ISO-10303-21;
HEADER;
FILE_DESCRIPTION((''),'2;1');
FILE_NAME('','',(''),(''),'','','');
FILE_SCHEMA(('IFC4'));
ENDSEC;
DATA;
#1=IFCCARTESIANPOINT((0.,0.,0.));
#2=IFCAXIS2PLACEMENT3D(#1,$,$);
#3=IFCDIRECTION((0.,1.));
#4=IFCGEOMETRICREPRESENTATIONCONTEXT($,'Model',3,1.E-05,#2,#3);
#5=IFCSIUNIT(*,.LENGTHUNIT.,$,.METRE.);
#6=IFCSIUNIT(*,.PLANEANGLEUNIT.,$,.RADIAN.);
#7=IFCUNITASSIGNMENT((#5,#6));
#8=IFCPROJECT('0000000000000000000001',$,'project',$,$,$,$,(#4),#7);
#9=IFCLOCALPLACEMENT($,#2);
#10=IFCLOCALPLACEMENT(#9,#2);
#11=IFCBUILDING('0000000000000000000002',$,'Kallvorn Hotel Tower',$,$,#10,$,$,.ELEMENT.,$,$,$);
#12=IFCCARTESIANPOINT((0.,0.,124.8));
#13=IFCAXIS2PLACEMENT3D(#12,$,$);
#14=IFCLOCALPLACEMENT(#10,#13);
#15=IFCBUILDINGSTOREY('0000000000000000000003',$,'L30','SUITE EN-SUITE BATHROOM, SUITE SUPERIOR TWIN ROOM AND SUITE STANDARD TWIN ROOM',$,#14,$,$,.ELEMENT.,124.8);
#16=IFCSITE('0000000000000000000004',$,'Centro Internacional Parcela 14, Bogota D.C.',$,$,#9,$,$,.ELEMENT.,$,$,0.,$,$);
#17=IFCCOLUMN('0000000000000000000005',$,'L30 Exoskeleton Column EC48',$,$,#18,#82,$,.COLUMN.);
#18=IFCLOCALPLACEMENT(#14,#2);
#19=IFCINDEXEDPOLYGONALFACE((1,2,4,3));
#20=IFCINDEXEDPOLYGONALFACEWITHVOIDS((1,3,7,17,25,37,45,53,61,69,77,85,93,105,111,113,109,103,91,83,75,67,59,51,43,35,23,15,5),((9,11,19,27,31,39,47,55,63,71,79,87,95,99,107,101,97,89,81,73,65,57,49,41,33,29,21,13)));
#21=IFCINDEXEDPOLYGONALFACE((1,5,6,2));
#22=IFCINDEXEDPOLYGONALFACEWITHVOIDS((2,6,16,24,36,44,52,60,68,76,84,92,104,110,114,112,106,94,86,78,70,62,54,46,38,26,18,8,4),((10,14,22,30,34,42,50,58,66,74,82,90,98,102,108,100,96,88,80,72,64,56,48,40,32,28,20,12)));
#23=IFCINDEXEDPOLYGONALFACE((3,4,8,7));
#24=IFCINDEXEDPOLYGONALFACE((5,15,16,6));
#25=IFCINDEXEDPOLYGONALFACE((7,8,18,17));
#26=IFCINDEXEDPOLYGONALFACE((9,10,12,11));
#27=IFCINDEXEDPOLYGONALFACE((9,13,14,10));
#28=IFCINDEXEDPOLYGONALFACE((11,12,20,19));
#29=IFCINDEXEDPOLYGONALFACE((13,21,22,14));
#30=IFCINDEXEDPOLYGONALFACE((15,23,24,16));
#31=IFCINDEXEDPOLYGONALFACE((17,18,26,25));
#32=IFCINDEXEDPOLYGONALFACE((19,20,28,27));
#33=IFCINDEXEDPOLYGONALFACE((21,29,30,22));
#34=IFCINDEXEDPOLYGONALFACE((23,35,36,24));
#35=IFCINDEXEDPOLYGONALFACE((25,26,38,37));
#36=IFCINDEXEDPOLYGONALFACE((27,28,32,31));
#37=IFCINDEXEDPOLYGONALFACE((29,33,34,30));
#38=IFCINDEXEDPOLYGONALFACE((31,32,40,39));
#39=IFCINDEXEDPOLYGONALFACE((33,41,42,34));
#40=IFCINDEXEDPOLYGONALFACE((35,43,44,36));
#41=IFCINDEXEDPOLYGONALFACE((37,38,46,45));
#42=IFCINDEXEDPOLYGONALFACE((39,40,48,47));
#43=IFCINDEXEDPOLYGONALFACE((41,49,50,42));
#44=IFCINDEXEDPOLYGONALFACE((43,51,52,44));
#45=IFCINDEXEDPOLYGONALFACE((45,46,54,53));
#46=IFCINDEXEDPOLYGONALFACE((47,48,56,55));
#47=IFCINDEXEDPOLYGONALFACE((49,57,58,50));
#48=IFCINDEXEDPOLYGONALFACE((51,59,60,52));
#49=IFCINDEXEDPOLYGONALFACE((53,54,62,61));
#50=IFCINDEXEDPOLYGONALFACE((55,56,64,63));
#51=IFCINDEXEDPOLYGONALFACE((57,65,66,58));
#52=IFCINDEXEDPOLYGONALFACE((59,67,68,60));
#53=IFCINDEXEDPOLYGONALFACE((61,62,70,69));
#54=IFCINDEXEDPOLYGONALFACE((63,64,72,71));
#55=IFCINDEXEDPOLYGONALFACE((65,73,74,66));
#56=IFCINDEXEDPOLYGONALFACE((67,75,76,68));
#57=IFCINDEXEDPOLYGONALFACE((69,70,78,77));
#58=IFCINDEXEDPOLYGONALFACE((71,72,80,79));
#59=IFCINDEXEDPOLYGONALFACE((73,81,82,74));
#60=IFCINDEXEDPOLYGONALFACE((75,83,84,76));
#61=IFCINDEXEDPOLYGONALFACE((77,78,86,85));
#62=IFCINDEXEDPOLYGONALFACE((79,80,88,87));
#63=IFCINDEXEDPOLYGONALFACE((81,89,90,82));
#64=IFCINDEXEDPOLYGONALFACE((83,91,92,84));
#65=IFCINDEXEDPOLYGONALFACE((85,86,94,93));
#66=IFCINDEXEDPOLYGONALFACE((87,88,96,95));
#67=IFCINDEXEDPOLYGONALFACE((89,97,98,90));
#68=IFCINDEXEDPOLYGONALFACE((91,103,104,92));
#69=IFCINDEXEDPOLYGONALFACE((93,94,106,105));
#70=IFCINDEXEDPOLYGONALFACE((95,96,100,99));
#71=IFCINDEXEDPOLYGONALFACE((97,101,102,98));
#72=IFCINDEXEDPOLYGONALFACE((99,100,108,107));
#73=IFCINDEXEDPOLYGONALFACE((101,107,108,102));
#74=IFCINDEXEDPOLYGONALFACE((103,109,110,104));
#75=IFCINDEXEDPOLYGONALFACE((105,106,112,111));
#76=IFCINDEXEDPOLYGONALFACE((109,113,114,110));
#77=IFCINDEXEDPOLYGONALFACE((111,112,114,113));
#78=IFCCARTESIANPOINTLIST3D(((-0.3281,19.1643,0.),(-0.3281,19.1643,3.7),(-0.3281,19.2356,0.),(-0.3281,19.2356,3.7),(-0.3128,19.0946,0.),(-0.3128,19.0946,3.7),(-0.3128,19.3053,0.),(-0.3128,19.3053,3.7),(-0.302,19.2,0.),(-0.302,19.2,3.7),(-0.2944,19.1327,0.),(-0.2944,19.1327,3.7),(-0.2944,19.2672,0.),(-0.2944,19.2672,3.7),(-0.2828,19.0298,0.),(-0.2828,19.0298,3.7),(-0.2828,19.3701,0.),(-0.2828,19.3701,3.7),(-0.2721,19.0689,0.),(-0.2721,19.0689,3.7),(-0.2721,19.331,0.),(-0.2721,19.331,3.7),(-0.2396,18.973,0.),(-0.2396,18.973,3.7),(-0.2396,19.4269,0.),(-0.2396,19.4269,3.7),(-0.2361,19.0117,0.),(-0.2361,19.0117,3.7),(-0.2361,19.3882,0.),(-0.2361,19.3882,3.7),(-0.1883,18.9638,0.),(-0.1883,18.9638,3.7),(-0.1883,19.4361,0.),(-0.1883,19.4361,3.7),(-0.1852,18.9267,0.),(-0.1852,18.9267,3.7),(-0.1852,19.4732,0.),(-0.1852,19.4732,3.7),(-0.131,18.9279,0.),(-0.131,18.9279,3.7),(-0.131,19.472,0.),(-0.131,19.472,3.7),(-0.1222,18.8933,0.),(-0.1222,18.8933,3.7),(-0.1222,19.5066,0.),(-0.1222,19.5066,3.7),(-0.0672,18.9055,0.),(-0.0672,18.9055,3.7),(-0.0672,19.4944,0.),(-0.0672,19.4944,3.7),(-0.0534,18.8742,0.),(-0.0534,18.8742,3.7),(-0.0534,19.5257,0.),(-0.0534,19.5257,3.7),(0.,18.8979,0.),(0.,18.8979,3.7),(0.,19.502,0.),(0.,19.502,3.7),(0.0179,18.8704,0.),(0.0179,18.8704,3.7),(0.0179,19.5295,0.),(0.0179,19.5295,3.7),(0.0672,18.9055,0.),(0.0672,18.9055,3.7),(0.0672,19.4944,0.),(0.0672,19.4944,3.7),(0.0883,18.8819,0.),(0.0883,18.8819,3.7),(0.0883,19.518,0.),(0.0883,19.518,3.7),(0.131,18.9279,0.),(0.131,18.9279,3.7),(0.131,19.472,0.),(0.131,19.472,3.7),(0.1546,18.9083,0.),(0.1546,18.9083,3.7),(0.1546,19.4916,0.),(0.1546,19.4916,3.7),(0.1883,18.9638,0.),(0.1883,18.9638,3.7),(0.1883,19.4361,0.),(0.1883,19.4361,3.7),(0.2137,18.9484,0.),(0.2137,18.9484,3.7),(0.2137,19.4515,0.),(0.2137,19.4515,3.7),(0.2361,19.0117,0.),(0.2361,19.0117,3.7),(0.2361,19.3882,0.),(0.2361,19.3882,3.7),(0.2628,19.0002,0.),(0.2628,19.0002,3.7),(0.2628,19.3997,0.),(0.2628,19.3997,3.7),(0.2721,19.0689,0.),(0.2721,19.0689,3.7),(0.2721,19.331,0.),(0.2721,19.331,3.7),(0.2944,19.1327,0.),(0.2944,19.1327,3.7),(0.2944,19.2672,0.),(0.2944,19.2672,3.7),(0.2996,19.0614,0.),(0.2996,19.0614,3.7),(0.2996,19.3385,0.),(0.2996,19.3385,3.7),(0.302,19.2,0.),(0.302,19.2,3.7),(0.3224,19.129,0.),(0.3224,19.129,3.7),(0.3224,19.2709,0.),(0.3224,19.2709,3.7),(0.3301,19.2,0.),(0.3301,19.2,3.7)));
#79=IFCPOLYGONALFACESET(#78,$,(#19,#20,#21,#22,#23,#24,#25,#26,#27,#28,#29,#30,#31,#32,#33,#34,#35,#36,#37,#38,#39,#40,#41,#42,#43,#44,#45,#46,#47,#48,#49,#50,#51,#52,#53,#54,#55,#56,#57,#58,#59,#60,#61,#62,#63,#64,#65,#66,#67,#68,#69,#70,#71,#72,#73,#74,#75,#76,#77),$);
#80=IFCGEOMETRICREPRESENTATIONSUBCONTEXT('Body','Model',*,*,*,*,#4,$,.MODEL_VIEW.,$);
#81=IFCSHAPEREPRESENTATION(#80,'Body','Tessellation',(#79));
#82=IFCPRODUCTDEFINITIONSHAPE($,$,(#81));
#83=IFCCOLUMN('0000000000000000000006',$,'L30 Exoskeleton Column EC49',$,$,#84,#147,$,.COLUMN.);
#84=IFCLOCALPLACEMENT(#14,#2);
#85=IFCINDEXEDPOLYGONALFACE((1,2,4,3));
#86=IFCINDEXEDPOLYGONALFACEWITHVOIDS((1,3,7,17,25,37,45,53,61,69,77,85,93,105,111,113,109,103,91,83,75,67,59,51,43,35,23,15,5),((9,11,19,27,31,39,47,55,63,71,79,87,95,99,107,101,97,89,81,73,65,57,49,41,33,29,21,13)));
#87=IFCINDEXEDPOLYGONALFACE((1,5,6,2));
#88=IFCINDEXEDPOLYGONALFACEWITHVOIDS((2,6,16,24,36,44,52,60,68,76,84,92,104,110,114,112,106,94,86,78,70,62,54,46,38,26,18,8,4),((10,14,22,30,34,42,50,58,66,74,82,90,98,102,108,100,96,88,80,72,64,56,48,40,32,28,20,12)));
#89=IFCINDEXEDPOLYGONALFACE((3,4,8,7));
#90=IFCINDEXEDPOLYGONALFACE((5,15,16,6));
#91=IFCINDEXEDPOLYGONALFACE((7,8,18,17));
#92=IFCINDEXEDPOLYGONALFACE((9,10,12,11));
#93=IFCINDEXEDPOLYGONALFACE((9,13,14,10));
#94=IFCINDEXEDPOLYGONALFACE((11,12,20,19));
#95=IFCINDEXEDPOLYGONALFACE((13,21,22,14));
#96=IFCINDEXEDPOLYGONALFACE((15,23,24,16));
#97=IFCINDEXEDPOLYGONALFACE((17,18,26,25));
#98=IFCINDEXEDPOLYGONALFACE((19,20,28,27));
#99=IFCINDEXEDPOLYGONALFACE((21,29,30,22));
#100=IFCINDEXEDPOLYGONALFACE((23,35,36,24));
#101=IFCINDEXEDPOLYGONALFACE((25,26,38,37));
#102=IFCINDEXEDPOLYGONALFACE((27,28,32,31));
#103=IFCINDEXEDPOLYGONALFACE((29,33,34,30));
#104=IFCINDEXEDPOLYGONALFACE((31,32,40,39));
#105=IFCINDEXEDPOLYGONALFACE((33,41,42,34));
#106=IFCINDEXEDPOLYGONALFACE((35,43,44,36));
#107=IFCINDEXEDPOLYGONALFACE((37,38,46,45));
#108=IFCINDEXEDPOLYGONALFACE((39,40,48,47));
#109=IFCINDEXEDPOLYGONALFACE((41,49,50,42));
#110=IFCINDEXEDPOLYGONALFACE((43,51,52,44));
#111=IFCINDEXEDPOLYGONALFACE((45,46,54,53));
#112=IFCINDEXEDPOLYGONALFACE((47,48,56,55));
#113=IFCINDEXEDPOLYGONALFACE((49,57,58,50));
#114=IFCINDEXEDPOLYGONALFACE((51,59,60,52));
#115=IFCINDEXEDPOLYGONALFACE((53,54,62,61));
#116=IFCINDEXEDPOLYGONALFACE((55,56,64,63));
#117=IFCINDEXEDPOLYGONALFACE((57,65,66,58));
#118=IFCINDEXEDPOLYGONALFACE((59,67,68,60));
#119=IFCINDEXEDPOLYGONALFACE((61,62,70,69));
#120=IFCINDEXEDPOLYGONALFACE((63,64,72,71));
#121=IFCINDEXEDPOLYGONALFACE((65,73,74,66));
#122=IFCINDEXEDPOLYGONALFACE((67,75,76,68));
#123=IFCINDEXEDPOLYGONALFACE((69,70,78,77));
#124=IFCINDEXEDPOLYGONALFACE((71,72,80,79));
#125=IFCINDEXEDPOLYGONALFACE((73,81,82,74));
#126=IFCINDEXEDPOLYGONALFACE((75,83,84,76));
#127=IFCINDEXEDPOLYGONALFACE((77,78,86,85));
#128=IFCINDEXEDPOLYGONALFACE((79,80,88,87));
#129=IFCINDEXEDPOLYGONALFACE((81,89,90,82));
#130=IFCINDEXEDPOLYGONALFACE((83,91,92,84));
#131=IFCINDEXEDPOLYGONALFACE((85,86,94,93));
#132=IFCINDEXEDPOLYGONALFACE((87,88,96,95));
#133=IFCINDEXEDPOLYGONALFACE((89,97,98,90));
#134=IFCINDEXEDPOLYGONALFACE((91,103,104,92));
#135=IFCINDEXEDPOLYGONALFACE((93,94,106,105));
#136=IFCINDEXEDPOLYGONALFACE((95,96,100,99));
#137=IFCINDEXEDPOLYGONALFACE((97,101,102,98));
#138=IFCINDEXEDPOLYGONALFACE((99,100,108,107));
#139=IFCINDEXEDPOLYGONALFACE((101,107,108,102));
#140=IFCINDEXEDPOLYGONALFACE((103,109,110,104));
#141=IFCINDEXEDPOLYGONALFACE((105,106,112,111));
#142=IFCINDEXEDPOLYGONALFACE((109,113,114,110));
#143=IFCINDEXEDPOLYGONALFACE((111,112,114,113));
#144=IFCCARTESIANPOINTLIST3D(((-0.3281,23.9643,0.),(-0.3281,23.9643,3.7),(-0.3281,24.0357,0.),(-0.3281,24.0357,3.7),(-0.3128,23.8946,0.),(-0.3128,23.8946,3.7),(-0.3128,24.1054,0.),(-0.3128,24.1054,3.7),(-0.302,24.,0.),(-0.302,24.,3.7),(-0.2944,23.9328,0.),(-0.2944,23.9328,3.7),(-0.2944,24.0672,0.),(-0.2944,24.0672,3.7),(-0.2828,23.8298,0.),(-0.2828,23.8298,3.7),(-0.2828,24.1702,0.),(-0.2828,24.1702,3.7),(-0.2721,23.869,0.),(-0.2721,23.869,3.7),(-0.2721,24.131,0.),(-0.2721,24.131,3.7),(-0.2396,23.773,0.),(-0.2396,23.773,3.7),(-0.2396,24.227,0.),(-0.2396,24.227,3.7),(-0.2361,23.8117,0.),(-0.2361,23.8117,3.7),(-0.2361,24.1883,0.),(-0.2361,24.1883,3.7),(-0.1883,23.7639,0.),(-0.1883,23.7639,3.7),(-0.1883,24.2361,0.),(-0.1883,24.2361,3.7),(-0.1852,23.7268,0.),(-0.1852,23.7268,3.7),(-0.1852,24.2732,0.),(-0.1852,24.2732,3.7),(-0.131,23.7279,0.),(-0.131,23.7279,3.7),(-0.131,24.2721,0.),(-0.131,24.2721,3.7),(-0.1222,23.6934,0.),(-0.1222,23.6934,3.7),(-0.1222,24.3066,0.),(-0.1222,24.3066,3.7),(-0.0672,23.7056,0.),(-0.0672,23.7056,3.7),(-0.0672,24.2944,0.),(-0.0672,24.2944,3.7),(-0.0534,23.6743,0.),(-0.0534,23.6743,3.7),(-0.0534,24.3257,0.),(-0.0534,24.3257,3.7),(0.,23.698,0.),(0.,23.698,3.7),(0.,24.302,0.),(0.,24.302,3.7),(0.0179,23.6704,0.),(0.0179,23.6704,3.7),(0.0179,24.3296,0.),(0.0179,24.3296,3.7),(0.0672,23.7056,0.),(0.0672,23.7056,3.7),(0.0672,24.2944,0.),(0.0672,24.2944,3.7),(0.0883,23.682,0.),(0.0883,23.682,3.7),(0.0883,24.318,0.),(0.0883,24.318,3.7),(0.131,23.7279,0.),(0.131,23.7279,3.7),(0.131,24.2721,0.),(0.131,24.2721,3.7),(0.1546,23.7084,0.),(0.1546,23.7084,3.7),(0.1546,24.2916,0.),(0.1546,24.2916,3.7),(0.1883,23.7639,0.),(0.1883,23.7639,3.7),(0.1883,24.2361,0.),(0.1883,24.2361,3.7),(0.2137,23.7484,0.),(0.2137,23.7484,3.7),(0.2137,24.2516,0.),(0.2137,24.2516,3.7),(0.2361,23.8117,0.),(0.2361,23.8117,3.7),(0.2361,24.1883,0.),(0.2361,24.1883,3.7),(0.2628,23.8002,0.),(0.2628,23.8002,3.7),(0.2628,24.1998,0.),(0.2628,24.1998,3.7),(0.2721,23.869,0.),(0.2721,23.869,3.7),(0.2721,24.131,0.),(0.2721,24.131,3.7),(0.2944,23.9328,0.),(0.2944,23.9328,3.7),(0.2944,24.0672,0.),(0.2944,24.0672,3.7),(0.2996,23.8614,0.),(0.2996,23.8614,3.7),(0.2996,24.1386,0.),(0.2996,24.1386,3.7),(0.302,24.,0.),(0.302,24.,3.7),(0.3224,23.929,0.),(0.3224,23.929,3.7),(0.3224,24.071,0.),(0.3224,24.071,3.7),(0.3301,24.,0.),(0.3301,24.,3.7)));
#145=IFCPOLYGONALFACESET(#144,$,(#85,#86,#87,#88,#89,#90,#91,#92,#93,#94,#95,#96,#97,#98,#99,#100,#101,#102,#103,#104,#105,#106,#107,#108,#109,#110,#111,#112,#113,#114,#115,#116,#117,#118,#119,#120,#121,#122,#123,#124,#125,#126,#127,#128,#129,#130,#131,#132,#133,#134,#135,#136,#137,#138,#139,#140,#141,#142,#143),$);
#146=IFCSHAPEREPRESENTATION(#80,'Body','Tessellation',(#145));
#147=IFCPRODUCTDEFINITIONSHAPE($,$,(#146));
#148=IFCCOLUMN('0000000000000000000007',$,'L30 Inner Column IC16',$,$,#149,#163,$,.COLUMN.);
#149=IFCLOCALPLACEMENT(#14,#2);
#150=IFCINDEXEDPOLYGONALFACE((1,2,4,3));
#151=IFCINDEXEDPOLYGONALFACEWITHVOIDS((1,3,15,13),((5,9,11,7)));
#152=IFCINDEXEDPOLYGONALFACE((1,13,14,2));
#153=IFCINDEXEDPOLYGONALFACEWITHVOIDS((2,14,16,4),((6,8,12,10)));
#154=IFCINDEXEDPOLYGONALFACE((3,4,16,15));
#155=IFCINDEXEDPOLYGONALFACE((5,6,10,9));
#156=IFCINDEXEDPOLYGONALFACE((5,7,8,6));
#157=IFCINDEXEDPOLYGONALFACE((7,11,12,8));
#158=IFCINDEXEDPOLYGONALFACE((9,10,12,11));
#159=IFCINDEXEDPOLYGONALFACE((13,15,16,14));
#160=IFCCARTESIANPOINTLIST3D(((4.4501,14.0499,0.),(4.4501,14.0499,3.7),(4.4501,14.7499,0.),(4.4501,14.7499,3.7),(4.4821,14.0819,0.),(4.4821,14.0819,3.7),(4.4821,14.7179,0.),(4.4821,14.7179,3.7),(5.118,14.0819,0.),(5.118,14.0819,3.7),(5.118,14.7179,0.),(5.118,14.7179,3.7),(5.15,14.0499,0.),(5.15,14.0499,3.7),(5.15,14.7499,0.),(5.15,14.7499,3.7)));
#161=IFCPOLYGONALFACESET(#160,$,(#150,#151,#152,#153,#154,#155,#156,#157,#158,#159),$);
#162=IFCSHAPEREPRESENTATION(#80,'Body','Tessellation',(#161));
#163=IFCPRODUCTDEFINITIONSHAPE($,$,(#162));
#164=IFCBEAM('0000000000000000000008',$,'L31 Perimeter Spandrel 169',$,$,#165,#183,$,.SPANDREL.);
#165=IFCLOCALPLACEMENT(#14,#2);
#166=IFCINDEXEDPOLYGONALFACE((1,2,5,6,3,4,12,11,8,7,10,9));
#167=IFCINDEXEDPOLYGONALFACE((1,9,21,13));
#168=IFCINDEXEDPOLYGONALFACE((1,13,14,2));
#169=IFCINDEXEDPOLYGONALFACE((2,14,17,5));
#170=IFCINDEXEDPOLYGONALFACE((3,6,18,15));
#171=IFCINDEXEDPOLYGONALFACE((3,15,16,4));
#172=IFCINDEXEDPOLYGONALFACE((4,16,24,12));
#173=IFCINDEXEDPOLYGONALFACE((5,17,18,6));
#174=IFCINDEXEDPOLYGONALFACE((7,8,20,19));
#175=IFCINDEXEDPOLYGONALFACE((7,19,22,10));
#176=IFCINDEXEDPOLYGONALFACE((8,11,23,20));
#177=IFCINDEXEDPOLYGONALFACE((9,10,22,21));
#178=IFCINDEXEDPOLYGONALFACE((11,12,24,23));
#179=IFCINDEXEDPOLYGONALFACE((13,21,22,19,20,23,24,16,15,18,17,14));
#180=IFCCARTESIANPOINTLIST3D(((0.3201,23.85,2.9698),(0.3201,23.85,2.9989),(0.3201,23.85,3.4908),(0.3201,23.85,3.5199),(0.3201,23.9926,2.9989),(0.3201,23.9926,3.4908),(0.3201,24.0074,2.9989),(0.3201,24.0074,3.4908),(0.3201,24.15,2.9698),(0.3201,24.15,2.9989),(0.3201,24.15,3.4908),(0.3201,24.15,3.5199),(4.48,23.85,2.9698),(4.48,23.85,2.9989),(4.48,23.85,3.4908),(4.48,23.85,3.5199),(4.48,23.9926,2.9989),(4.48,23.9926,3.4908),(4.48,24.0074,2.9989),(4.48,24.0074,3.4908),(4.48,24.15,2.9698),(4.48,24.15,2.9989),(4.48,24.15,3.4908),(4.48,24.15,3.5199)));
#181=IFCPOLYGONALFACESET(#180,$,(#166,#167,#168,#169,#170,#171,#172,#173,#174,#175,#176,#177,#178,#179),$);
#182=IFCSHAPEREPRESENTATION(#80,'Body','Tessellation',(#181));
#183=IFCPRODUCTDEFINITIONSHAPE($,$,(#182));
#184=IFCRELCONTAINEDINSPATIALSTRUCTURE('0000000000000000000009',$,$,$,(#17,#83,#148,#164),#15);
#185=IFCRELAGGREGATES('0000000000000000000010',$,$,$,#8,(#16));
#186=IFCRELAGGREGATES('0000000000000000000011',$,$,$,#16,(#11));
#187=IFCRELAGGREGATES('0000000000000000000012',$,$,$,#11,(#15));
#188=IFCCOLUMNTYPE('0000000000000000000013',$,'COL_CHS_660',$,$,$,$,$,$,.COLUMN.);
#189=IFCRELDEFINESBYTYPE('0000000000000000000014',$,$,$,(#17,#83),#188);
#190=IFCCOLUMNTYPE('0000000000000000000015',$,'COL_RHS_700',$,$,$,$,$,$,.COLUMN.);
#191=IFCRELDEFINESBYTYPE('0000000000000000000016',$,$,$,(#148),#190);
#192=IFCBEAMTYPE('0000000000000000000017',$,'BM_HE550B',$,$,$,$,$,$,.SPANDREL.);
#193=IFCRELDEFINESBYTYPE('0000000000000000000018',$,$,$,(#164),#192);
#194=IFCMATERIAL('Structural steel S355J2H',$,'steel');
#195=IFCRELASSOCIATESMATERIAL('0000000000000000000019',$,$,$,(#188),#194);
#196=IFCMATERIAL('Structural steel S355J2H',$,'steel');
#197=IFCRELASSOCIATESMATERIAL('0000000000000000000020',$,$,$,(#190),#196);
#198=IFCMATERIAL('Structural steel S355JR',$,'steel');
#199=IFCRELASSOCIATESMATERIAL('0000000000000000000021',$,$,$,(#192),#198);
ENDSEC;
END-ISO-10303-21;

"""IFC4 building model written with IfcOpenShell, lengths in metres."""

from ifc_helpers import new_model, si_unit, direction, frame, origin, origin_2d, place, context, subcontext, project, spatial, hollow_rectangle, hollow_circle, i_section, extrude, material, material_profile, profile_set, type_object, element, save


model = new_model("IFC4")

# Units and contexts
model_context = context("Model", 3, precision=1e-05, world=origin(), true_north=direction((0.0, 1.0)))
body_context = subcontext(model_context, "Body", "Model", "MODEL_VIEW")
ifc_project = project(units=[si_unit("LENGTHUNIT", "METRE"), si_unit("PLANEANGLEUNIT", "RADIAN")], contexts=[model_context])

# Site, building, storey
site_placement = place(None, origin())
site = spatial("IfcSite", under=ifc_project, at=site_placement, Name="Centro Internacional Parcela 14, Bogota D.C.", CompositionType="ELEMENT", RefElevation=0.0)
building_placement = place(site_placement, origin())
building = spatial("IfcBuilding", under=site, at=building_placement, Name="Kallvorn Hotel Tower", CompositionType="ELEMENT")
storey_placement = place(building_placement, frame((0.0, 0.0, 124.8)))
storey = spatial("IfcBuildingStorey", under=building, at=storey_placement, Name="L30", Description="SUITE EN-SUITE BATHROOM, SUITE SUPERIOR TWIN ROOM AND SUITE STANDARD TWIN ROOM", CompositionType="ELEMENT", Elevation=124.8)

# Columns
ifc_material_1 = material(Name="Structural steel S355J2H", Category="steel")
ifc_material_profile_1 = material_profile(ifc_material_1, hollow_circle(Radius=0.3301, WallThickness=0.0281, at=origin_2d()), Name="CHS 660x28")
ifc_profile_set_1 = profile_set([ifc_material_profile_1], Name="Structural steel S355J2H")
column_type_1 = type_object("IfcColumnType", Name="COL_CHS_660", PredefinedType="COLUMN", material=ifc_profile_set_1)
for number, where, z_axis, x_axis, name in (
    (1, (0.0, 19.2, 0.0), (0.0, 0.0, 1.0), (1.0, 0.0, 0.0), "L30 Exoskeleton Column EC48"),
    (2, (0.0, 24.0, 0.0), (0.0, 0.0, 1.0), (1.0, 0.0, 0.0), "L30 Exoskeleton Column EC49"),
):
    element("IfcColumn", number, at=place(storey_placement, frame(where, z_axis=z_axis, x_axis=x_axis)), inside=storey, type_object=column_type_1, Name=name, PredefinedType="COLUMN", context=body_context, shape_type="SweptSolid", body=[
        extrude(hollow_circle(Radius=0.3301, WallThickness=0.0281, at=origin_2d()), origin(), (0.0, 0.0, 1.0), 3.7),
    ])
ifc_material_2 = material(Name="Structural steel S355J2H", Category="steel")
ifc_material_profile_2 = material_profile(ifc_material_2, hollow_rectangle(XDim=0.7, YDim=0.7, WallThickness=0.032, at=origin_2d()), Name="RHS 700x700x32")
ifc_profile_set_2 = profile_set([ifc_material_profile_2], Name="Structural steel S355J2H")
column_type_2 = type_object("IfcColumnType", Name="COL_RHS_700", PredefinedType="COLUMN", material=ifc_profile_set_2)
column_placement = place(storey_placement, frame((4.8, 14.3999, 0.0), z_axis=(0.0, 0.0, 1.0), x_axis=(1.0, 0.0, 0.0)))
element("IfcColumn", 3, at=column_placement, inside=storey, type_object=column_type_2, Name="L30 Inner Column IC16", PredefinedType="COLUMN", context=body_context, shape_type="SweptSolid", body=[
    extrude(hollow_rectangle(XDim=0.7, YDim=0.7, WallThickness=0.032, at=origin_2d()), origin(), (0.0, 0.0, 1.0), 3.7),
])

# Beam
ifc_material_3 = material(Name="Structural steel S355JR", Category="steel")
ifc_material_profile_3 = material_profile(ifc_material_3, i_section(OverallWidth=0.3, OverallDepth=0.55, WebThickness=0.0149, FlangeThickness=0.0291, at=origin_2d()), Name="HE 550 B")
ifc_profile_set_3 = profile_set([ifc_material_profile_3], Name="Structural steel S355JR")
beam_type_1 = type_object("IfcBeamType", Name="BM_HE550B", PredefinedType="SPANDREL", material=ifc_profile_set_3)
beam_1_placement = place(storey_placement, frame((0.3201, 24.0, 3.2449), z_axis=(1.0, 0.0, 0.0), x_axis=(0.0, 1.0, 0.0)))
element("IfcBeam", 4, at=beam_1_placement, inside=storey, type_object=beam_type_1, Name="L31 Perimeter Spandrel 169", PredefinedType="SPANDREL", context=body_context, shape_type="SweptSolid", body=[
    extrude(i_section(OverallWidth=0.3, OverallDepth=0.55, WebThickness=0.0149, FlangeThickness=0.0291, at=origin_2d()), origin(), (0.0, 0.0, 1.0), 4.1599),
])

save(model, "model.ifc")
